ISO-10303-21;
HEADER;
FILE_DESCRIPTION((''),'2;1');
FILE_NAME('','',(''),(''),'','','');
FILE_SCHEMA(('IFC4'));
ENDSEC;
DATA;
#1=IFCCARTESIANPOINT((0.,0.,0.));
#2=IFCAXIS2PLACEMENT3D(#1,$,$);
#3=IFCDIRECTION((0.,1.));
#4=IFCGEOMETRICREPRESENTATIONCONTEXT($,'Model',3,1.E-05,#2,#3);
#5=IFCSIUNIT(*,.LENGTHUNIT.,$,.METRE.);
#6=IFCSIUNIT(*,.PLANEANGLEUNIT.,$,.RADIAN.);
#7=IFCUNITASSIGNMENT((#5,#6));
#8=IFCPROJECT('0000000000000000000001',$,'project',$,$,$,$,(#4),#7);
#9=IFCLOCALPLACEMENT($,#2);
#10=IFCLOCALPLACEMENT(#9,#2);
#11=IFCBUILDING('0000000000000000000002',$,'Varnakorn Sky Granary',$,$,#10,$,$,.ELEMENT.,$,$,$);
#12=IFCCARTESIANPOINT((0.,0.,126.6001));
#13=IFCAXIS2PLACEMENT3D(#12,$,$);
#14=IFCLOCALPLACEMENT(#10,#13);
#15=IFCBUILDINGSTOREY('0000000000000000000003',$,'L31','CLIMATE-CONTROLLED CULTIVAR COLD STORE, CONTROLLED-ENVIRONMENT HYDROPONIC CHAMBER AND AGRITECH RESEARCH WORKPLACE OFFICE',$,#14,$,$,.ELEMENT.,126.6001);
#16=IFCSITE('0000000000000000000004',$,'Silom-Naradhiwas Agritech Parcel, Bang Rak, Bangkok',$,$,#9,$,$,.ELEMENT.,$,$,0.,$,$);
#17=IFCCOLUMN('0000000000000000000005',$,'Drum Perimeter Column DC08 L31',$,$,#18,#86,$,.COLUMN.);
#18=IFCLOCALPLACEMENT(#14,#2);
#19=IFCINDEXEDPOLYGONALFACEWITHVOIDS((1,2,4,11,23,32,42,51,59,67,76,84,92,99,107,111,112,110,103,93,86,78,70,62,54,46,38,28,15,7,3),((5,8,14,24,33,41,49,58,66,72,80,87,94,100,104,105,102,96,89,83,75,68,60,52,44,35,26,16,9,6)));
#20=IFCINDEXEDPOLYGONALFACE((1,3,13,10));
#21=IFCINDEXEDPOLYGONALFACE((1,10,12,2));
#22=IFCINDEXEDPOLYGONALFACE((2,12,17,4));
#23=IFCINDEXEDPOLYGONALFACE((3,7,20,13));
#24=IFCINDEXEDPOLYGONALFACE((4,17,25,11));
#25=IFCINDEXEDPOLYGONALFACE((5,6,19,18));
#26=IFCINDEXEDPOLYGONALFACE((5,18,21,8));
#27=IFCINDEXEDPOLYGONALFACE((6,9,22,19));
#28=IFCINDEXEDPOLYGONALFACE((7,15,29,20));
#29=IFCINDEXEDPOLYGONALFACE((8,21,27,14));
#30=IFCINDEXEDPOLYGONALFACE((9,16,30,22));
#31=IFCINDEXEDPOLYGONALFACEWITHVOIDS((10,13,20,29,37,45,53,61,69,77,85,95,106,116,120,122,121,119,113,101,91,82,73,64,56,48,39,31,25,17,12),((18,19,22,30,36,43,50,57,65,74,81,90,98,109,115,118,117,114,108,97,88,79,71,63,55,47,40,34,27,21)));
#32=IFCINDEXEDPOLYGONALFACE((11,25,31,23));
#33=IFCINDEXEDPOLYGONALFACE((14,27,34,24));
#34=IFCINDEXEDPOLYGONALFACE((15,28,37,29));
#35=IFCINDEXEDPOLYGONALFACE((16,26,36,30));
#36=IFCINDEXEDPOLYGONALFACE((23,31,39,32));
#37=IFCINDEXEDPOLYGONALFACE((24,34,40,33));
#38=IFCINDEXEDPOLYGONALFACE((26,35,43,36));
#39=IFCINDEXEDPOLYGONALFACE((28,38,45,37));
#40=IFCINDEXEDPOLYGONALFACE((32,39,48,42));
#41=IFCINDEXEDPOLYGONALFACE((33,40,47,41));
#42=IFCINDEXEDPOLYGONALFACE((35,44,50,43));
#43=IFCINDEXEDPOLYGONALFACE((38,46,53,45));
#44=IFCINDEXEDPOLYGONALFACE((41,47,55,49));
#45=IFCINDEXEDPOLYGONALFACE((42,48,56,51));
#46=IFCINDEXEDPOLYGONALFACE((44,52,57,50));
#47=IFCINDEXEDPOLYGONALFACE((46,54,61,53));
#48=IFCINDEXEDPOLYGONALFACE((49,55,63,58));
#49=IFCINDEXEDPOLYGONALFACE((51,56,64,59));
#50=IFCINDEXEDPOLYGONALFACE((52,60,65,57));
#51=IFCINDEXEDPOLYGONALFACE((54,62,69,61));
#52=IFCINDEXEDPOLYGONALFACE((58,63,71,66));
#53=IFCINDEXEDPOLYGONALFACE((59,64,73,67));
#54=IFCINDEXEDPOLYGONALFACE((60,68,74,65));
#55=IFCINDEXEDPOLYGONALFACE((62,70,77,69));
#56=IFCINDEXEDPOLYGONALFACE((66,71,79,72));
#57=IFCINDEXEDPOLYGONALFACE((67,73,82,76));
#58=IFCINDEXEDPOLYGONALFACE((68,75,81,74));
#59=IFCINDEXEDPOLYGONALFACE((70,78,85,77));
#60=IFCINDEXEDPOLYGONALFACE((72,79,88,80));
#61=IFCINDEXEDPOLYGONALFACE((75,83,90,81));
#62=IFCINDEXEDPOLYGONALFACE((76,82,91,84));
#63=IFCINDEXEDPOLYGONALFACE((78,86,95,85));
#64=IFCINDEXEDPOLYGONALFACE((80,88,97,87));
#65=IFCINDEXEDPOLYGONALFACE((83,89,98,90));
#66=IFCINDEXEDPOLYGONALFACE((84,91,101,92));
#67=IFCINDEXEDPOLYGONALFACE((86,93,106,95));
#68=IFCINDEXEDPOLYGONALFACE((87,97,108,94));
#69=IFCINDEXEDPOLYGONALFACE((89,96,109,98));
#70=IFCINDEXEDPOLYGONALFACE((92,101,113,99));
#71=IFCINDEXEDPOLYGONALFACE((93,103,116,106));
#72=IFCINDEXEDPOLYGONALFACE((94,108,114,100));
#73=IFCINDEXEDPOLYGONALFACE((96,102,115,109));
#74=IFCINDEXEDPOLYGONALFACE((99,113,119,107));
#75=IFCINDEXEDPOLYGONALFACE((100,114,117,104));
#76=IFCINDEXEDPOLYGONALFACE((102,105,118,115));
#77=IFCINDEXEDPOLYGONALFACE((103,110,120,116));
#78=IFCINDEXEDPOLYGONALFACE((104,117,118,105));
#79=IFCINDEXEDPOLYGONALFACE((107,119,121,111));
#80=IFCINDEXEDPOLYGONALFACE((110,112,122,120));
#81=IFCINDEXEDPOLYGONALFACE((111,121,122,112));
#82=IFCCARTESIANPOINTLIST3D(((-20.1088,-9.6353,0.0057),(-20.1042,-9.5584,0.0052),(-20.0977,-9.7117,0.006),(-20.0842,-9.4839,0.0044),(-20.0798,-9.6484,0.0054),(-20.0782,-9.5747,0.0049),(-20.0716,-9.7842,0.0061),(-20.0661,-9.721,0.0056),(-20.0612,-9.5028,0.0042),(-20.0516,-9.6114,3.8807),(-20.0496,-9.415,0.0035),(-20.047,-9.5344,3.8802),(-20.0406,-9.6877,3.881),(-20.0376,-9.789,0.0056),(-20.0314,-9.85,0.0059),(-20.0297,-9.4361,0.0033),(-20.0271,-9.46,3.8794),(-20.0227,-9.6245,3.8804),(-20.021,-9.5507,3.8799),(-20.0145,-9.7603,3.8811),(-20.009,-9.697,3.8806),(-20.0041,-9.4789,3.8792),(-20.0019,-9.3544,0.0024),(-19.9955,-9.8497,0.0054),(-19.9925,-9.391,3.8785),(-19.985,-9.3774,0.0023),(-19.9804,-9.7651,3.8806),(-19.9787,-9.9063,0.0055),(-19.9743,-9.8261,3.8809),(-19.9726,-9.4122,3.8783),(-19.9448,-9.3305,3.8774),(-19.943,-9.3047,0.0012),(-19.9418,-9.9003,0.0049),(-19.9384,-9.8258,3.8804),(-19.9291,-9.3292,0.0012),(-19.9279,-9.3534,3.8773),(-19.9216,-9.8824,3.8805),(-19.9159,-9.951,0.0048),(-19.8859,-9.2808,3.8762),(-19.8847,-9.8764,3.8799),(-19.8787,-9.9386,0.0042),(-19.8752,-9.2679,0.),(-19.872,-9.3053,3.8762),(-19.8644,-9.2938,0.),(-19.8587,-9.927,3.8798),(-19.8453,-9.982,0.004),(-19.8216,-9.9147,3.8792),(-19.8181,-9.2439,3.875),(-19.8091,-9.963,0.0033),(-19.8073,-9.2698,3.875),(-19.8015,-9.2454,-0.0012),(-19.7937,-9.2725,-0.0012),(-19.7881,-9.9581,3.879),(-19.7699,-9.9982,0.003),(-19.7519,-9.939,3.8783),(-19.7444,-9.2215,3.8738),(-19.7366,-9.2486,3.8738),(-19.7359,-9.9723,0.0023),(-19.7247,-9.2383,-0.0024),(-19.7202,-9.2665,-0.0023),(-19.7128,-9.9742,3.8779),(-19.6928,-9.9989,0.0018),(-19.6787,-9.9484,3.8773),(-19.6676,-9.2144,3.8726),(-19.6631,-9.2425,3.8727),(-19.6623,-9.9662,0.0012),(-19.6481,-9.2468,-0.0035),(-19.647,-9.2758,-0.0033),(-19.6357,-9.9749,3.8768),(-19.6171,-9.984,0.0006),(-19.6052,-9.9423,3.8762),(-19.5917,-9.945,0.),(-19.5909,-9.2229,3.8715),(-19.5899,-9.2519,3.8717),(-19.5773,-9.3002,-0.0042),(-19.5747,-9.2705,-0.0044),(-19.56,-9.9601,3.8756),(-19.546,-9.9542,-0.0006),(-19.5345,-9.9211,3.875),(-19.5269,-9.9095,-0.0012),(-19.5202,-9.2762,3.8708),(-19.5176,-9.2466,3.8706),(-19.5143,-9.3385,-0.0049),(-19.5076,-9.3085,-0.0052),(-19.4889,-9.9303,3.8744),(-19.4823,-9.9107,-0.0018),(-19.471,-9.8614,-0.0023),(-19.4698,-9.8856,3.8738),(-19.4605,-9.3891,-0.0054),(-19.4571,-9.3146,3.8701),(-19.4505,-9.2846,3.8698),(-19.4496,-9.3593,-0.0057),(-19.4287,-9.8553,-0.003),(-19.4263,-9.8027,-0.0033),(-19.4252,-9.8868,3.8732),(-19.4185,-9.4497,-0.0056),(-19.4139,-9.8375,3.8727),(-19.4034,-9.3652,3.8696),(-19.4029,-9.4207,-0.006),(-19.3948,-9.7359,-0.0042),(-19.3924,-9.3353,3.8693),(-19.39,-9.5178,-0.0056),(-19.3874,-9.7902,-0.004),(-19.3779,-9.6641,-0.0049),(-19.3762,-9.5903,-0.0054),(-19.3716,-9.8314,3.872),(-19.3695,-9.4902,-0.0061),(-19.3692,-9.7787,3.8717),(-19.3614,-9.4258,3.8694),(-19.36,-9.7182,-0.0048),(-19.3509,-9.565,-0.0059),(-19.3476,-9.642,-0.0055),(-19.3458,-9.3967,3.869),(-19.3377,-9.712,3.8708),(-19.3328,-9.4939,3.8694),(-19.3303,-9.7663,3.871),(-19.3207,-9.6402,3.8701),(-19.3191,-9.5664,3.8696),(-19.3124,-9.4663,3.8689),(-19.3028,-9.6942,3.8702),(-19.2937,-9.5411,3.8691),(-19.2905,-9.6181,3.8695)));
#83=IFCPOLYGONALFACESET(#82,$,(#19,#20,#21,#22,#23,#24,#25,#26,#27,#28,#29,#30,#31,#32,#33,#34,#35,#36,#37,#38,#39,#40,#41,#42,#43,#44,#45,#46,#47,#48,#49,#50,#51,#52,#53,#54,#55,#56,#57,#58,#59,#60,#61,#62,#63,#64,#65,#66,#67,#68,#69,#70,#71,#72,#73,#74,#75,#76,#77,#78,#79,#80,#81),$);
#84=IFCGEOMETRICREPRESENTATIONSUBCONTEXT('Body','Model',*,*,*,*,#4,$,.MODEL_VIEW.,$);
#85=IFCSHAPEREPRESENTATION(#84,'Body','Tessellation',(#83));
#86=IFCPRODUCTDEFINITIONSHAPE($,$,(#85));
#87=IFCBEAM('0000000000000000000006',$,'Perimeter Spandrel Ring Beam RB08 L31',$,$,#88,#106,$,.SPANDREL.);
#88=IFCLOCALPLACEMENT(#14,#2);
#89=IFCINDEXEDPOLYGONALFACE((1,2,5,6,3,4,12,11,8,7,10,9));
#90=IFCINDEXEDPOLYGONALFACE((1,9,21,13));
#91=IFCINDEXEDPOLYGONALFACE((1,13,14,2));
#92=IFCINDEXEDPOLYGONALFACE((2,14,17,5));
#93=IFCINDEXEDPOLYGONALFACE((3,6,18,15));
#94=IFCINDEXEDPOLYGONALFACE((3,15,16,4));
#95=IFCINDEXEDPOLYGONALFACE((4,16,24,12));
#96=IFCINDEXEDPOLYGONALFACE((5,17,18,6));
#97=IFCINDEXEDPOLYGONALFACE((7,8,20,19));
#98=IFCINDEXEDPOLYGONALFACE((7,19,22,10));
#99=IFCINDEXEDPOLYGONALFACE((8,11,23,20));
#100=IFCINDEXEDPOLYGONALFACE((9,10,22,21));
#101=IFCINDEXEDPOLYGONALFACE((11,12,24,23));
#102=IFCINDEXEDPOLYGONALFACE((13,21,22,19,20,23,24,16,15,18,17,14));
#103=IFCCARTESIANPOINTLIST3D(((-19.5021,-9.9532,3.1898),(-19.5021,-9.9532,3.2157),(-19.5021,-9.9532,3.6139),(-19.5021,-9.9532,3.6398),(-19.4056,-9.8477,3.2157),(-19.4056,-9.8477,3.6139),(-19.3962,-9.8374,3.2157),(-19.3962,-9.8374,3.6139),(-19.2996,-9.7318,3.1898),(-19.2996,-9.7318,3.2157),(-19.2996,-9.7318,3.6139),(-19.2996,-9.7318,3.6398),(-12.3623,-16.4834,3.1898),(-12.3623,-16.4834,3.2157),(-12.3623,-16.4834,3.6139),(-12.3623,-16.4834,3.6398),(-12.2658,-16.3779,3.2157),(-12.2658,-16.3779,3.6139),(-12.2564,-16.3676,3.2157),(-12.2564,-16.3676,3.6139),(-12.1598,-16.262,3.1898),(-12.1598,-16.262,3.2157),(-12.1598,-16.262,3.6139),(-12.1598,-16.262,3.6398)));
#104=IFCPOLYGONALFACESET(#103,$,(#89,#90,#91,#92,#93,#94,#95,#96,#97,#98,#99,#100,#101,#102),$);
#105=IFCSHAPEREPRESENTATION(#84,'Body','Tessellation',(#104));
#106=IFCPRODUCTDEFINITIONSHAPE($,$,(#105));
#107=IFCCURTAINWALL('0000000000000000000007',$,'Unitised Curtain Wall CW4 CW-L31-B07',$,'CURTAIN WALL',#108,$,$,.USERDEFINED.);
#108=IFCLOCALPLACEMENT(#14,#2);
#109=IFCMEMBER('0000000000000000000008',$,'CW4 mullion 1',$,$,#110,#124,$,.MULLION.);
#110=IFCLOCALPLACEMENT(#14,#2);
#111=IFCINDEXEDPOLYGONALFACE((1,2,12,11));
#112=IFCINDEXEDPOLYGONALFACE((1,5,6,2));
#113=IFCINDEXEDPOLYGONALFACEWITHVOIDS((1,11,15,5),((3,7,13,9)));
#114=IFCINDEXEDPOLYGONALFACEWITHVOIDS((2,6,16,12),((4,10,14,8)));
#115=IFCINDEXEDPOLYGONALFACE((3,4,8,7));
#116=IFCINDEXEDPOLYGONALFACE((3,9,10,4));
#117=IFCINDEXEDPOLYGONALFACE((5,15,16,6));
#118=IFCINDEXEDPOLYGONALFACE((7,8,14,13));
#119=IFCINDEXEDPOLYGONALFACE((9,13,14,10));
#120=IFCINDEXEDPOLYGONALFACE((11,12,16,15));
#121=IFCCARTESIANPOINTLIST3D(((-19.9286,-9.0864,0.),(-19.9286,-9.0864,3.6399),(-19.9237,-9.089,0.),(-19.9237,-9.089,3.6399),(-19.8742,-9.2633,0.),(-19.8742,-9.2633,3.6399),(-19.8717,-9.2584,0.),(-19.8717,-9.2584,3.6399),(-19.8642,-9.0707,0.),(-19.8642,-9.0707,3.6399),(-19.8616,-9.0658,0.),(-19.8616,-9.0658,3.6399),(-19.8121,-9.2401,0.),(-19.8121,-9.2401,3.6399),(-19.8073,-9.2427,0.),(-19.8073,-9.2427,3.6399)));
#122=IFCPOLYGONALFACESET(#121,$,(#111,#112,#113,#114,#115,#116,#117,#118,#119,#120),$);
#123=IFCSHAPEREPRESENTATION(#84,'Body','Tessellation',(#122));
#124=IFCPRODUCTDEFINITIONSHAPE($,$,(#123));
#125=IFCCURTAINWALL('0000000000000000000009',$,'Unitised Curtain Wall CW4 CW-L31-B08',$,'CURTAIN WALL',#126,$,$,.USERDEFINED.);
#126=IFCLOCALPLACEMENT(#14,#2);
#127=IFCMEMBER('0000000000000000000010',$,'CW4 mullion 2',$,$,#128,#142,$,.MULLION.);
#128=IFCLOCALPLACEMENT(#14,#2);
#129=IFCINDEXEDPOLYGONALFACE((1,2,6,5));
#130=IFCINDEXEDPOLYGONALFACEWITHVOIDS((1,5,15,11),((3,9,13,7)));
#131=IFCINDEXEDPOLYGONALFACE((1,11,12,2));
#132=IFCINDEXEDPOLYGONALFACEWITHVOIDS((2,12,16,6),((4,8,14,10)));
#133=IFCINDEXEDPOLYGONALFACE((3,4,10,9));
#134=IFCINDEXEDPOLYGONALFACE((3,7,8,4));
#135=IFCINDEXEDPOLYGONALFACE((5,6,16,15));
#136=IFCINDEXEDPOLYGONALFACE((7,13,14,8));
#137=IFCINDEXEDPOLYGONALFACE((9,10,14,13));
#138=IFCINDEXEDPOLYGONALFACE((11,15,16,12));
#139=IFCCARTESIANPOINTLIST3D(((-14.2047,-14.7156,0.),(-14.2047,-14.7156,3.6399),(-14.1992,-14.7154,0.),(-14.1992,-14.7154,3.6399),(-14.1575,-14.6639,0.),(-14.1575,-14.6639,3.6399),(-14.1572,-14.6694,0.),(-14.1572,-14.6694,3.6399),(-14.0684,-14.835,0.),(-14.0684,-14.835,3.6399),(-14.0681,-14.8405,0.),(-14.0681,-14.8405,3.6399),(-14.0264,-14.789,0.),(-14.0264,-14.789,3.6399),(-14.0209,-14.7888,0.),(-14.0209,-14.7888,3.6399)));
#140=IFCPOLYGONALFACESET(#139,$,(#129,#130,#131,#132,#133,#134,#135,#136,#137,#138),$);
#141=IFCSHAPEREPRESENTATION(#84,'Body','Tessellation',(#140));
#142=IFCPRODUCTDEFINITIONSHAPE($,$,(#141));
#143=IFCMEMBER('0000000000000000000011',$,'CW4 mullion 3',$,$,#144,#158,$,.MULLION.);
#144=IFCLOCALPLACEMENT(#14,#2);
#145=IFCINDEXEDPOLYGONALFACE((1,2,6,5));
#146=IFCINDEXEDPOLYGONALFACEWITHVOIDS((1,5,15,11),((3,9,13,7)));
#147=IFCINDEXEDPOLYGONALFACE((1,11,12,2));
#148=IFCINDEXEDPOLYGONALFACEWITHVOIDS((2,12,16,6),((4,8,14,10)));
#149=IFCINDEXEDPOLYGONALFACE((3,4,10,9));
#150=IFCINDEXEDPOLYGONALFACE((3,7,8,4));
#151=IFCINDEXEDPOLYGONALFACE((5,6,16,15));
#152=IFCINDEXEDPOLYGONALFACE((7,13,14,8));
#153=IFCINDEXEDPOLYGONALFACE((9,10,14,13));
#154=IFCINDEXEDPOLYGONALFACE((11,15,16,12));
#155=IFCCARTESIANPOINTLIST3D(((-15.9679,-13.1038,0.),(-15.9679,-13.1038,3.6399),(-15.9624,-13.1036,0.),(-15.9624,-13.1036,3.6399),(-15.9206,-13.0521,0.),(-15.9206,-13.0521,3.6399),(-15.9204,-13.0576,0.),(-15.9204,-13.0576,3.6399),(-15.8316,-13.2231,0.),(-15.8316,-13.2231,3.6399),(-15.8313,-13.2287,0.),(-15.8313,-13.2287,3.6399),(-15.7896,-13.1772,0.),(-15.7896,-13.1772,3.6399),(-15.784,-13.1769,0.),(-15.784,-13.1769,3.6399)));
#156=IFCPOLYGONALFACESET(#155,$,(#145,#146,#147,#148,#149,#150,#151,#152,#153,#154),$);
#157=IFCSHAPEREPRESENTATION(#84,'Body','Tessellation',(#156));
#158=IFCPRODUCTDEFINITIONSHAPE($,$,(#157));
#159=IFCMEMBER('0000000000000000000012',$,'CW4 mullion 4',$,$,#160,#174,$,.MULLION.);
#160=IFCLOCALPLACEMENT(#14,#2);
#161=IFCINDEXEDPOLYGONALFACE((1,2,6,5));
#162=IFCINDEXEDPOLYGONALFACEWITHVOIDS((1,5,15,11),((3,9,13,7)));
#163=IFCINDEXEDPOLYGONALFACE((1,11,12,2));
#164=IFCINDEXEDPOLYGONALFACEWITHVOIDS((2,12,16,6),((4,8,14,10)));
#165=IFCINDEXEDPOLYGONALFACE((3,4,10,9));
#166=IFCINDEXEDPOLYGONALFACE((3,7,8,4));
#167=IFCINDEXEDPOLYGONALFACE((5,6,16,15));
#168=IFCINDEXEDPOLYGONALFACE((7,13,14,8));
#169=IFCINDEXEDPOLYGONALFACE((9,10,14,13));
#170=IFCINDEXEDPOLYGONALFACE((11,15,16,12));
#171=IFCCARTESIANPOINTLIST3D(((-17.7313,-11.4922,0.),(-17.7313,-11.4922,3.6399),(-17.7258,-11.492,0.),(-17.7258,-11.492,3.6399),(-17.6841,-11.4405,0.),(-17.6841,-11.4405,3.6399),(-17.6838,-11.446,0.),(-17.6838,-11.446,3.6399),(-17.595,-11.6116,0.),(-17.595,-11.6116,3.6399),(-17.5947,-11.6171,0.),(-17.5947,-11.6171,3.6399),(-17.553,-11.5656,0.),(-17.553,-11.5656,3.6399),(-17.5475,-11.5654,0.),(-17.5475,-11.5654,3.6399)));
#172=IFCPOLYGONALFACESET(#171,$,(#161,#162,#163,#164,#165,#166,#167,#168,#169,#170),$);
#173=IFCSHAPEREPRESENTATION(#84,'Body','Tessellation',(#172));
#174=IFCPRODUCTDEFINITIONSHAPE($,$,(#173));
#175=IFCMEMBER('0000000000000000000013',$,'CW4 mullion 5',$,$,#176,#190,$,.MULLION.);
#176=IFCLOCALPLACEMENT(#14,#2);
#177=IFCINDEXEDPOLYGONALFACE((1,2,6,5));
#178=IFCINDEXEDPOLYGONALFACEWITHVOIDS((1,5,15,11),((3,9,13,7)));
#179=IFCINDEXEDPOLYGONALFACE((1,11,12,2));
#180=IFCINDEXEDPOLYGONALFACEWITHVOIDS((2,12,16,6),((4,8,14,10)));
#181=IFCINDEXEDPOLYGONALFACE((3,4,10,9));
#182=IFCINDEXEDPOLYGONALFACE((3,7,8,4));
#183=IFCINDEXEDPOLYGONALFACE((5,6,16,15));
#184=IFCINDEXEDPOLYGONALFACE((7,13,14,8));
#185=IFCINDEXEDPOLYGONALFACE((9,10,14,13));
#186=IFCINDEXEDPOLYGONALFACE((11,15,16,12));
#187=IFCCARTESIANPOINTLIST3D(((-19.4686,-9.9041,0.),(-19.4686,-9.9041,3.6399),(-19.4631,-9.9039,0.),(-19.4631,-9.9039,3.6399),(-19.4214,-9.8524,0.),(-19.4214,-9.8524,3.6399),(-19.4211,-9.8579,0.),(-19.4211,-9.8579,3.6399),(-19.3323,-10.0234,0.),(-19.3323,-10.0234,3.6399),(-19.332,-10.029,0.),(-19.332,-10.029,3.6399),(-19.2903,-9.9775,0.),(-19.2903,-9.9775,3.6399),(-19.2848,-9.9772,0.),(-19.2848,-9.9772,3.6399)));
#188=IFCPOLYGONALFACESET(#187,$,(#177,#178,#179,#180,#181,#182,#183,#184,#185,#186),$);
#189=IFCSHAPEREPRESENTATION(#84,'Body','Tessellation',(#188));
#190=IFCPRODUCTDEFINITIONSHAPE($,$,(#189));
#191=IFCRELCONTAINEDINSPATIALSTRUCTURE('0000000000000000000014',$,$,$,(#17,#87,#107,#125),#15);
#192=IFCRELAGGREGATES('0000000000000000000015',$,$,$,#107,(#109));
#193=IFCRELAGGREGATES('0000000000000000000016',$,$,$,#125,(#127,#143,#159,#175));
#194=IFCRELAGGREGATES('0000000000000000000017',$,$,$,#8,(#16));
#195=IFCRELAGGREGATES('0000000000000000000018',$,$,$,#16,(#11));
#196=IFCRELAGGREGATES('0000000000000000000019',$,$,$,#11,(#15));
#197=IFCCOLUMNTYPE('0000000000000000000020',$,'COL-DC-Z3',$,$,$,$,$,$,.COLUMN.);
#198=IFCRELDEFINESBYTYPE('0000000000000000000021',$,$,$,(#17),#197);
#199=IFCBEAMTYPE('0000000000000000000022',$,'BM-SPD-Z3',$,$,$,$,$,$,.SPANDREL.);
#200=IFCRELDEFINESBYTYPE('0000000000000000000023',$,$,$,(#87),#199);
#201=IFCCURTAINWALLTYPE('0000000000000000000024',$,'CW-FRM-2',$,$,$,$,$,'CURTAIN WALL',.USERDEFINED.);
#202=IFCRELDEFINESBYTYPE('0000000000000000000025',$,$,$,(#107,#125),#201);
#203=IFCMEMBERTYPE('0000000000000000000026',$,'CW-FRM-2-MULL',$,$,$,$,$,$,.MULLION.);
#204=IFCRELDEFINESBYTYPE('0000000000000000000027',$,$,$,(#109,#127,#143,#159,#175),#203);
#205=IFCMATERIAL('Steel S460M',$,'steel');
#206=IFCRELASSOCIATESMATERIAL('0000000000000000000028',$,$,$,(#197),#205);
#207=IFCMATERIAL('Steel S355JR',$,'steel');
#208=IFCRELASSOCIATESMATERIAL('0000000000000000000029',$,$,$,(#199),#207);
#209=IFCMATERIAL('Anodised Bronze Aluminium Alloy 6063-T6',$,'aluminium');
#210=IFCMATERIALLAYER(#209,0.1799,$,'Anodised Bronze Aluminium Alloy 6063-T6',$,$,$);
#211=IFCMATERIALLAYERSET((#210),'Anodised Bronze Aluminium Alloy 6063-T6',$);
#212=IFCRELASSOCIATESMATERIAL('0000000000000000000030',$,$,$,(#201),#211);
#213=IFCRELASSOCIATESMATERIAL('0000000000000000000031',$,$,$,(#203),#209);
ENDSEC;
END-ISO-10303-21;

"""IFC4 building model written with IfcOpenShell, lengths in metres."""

from ifc_helpers import new_model, si_unit, direction, frame, origin, origin_2d, place, context, subcontext, project, spatial, hollow_rectangle, hollow_circle, i_section, extrude, material, layer, layer_set, material_profile, profile_set, type_object, element, aggregate, save


model = new_model("IFC4")

# Units and contexts
model_context = context("Model", 3, precision=1e-05, world=origin(), true_north=direction((0.0, 1.0)))
body_context = subcontext(model_context, "Body", "Model", "MODEL_VIEW")
ifc_project = project(units=[si_unit("LENGTHUNIT", "METRE"), si_unit("PLANEANGLEUNIT", "RADIAN")], contexts=[model_context])

# Site, building, storey
site_placement = place(None, origin())
site = spatial("IfcSite", under=ifc_project, at=site_placement, Name="Silom-Naradhiwas Agritech Parcel, Bang Rak, Bangkok", CompositionType="ELEMENT", RefElevation=0.0)
building_placement = place(site_placement, origin())
building = spatial("IfcBuilding", under=site, at=building_placement, Name="Varnakorn Sky Granary", CompositionType="ELEMENT")
storey_placement = place(building_placement, frame((0.0, 0.0, 126.6001)))
storey = spatial("IfcBuildingStorey", under=building, at=storey_placement, Name="L31", Description="CLIMATE-CONTROLLED CULTIVAR COLD STORE, CONTROLLED-ENVIRONMENT HYDROPONIC CHAMBER AND AGRITECH RESEARCH WORKPLACE OFFICE", CompositionType="ELEMENT", Elevation=126.6001)

# Column
ifc_material_1 = material(Name="Steel S460M", Category="steel")
ifc_material_profile_1 = material_profile(ifc_material_1, hollow_circle(Radius=0.3811, WallThickness=0.0281, at=origin_2d()), Name="CHS 762x28")
ifc_profile_set_1 = profile_set([ifc_material_profile_1], Name="Steel S460M")
column_type = type_object("IfcColumnType", Name="COL-DC-Z3", PredefinedType="COLUMN", material=ifc_profile_set_1)
column_placement = place(storey_placement, frame((-19.728, -9.6194, 0.0), z_axis=(0.014741, 0.006174, 0.999872), x_axis=(-0.386294, 0.922376, 0.0)))
element("IfcColumn", 1, at=column_placement, inside=storey, type_object=column_type, Name="Drum Perimeter Column DC08 L31", PredefinedType="COLUMN", context=body_context, shape_type="SweptSolid", body=[
    extrude(hollow_circle(Radius=0.3811, WallThickness=0.0281, at=origin_2d()), origin(), (0.0, 0.0, 1.0), 3.8755),
])

# Beam
ifc_material_2 = material(Name="Steel S355JR", Category="steel")
ifc_material_profile_2 = material_profile(ifc_material_2, i_section(OverallWidth=0.3, OverallDepth=0.45, WebThickness=0.0139, FlangeThickness=0.0259, at=origin_2d()), Name="HE 450 B")
ifc_profile_set_2 = profile_set([ifc_material_profile_2], Name="Steel S355JR")
beam_type = type_object("IfcBeamType", Name="BM-SPD-Z3", PredefinedType="SPANDREL", material=ifc_profile_set_2)
beam_placement = place(storey_placement, frame((-19.4009, -9.8425, 3.4148), z_axis=(0.737907, -0.674903, 0.0), x_axis=(0.674903, 0.737907, 0.0)))
element("IfcBeam", 2, at=beam_placement, inside=storey, type_object=beam_type, Name="Perimeter Spandrel Ring Beam RB08 L31", PredefinedType="SPANDREL", context=body_context, shape_type="SweptSolid", body=[
    extrude(i_section(OverallWidth=0.3, OverallDepth=0.45, WebThickness=0.0139, FlangeThickness=0.0259, at=origin_2d()), origin(), (0.0, 0.0, 1.0), 9.6758),
])

# Curtain wall, member
ifc_material_3 = material(Name="Anodised Bronze Aluminium Alloy 6063-T6", Category="aluminium")
ifc_layer_1 = layer(ifc_material_3, 0.1799, Name="Anodised Bronze Aluminium Alloy 6063-T6")
ifc_layer_set_1 = layer_set([ifc_layer_1], Name="Anodised Bronze Aluminium Alloy 6063-T6")
curtain_wall_type = type_object("IfcCurtainWallType", Name="CW-FRM-2", ElementType="CURTAIN WALL", PredefinedType="USERDEFINED", material=ifc_layer_set_1)
curtain_wall_1_placement = place(storey_placement, origin())
curtain_wall_1 = element("IfcCurtainWall", 3, at=curtain_wall_1_placement, inside=storey, type_object=curtain_wall_type, Name="Unitised Curtain Wall CW4 CW-L31-B07", ObjectType="CURTAIN WALL", PredefinedType="USERDEFINED")
ifc_material_profile_3 = material_profile(ifc_material_3, hollow_rectangle(XDim=0.0701, YDim=0.1851, WallThickness=0.0039, at=origin_2d()), Name="ALU MULL 70x185")
ifc_profile_set_3 = profile_set([ifc_material_profile_3], Name="Anodised Bronze Aluminium Alloy 6063-T6")
member_type_1 = type_object("IfcMemberType", Name="CW-FRM-2-MULL", PredefinedType="MULLION", material=ifc_profile_set_3)
member_1_placement = place(storey_placement, frame((-19.8679, -9.1646, 0.0), z_axis=(0.0, 0.0, 1.0), x_axis=(-0.955917, -0.293638, 0.0)))
member_1 = element("IfcMember", 4, at=member_1_placement, type_object=member_type_1, Name="CW4 mullion 1", PredefinedType="MULLION", context=body_context, shape_type="SweptSolid", body=[
    extrude(hollow_rectangle(XDim=0.0701, YDim=0.1851, WallThickness=0.0039, at=origin_2d()), origin(), (0.0, 0.0, 1.0), 3.6399),
])

# Curtain wall, members
curtain_wall_2_placement = place(storey_placement, origin())
curtain_wall_2 = element("IfcCurtainWall", 5, at=curtain_wall_2_placement, inside=storey, type_object=curtain_wall_type, Name="Unitised Curtain Wall CW4 CW-L31-B08", ObjectType="CURTAIN WALL", PredefinedType="USERDEFINED")
member_2_placement = place(storey_placement, frame((-14.1128, -14.7522, 0.0), z_axis=(0.0, 0.0, 1.0), x_axis=(-0.674681, -0.73811, 0.0)))
member_2 = element("IfcMember", 6, at=member_2_placement, type_object=member_type_1, Name="CW4 mullion 2", PredefinedType="MULLION", context=body_context, shape_type="SweptSolid", body=[
    extrude(hollow_rectangle(XDim=0.0701, YDim=0.1851, WallThickness=0.0039, at=origin_2d()), origin(), (0.0, 0.0, 1.0), 3.6399),
])
member_3_placement = place(storey_placement, frame((-15.876, -13.1404, 0.0), z_axis=(0.0, 0.0, 1.0), x_axis=(-0.674681, -0.73811, 0.0)))
member_3 = element("IfcMember", 7, at=member_3_placement, type_object=member_type_1, Name="CW4 mullion 3", PredefinedType="MULLION", context=body_context, shape_type="SweptSolid", body=[
    extrude(hollow_rectangle(XDim=0.0701, YDim=0.1851, WallThickness=0.0039, at=origin_2d()), origin(), (0.0, 0.0, 1.0), 3.6399),
])
member_4_placement = place(storey_placement, frame((-17.6394, -11.5288, 0.0), z_axis=(0.0, 0.0, 1.0), x_axis=(-0.674681, -0.73811, 0.0)))
member_4 = element("IfcMember", 8, at=member_4_placement, type_object=member_type_1, Name="CW4 mullion 4", PredefinedType="MULLION", context=body_context, shape_type="SweptSolid", body=[
    extrude(hollow_rectangle(XDim=0.0701, YDim=0.1851, WallThickness=0.0039, at=origin_2d()), origin(), (0.0, 0.0, 1.0), 3.6399),
])
member_5_placement = place(storey_placement, frame((-19.3767, -9.9407, 0.0), z_axis=(0.0, 0.0, 1.0), x_axis=(-0.674681, -0.73811, 0.0)))
member_5 = element("IfcMember", 9, at=member_5_placement, type_object=member_type_1, Name="CW4 mullion 5", PredefinedType="MULLION", context=body_context, shape_type="SweptSolid", body=[
    extrude(hollow_rectangle(XDim=0.0701, YDim=0.1851, WallThickness=0.0039, at=origin_2d()), origin(), (0.0, 0.0, 1.0), 3.6399),
])

aggregate(curtain_wall_1, [member_1])

aggregate(curtain_wall_2, [member_2, member_3, member_4, member_5])

save(model, "model.ifc")
